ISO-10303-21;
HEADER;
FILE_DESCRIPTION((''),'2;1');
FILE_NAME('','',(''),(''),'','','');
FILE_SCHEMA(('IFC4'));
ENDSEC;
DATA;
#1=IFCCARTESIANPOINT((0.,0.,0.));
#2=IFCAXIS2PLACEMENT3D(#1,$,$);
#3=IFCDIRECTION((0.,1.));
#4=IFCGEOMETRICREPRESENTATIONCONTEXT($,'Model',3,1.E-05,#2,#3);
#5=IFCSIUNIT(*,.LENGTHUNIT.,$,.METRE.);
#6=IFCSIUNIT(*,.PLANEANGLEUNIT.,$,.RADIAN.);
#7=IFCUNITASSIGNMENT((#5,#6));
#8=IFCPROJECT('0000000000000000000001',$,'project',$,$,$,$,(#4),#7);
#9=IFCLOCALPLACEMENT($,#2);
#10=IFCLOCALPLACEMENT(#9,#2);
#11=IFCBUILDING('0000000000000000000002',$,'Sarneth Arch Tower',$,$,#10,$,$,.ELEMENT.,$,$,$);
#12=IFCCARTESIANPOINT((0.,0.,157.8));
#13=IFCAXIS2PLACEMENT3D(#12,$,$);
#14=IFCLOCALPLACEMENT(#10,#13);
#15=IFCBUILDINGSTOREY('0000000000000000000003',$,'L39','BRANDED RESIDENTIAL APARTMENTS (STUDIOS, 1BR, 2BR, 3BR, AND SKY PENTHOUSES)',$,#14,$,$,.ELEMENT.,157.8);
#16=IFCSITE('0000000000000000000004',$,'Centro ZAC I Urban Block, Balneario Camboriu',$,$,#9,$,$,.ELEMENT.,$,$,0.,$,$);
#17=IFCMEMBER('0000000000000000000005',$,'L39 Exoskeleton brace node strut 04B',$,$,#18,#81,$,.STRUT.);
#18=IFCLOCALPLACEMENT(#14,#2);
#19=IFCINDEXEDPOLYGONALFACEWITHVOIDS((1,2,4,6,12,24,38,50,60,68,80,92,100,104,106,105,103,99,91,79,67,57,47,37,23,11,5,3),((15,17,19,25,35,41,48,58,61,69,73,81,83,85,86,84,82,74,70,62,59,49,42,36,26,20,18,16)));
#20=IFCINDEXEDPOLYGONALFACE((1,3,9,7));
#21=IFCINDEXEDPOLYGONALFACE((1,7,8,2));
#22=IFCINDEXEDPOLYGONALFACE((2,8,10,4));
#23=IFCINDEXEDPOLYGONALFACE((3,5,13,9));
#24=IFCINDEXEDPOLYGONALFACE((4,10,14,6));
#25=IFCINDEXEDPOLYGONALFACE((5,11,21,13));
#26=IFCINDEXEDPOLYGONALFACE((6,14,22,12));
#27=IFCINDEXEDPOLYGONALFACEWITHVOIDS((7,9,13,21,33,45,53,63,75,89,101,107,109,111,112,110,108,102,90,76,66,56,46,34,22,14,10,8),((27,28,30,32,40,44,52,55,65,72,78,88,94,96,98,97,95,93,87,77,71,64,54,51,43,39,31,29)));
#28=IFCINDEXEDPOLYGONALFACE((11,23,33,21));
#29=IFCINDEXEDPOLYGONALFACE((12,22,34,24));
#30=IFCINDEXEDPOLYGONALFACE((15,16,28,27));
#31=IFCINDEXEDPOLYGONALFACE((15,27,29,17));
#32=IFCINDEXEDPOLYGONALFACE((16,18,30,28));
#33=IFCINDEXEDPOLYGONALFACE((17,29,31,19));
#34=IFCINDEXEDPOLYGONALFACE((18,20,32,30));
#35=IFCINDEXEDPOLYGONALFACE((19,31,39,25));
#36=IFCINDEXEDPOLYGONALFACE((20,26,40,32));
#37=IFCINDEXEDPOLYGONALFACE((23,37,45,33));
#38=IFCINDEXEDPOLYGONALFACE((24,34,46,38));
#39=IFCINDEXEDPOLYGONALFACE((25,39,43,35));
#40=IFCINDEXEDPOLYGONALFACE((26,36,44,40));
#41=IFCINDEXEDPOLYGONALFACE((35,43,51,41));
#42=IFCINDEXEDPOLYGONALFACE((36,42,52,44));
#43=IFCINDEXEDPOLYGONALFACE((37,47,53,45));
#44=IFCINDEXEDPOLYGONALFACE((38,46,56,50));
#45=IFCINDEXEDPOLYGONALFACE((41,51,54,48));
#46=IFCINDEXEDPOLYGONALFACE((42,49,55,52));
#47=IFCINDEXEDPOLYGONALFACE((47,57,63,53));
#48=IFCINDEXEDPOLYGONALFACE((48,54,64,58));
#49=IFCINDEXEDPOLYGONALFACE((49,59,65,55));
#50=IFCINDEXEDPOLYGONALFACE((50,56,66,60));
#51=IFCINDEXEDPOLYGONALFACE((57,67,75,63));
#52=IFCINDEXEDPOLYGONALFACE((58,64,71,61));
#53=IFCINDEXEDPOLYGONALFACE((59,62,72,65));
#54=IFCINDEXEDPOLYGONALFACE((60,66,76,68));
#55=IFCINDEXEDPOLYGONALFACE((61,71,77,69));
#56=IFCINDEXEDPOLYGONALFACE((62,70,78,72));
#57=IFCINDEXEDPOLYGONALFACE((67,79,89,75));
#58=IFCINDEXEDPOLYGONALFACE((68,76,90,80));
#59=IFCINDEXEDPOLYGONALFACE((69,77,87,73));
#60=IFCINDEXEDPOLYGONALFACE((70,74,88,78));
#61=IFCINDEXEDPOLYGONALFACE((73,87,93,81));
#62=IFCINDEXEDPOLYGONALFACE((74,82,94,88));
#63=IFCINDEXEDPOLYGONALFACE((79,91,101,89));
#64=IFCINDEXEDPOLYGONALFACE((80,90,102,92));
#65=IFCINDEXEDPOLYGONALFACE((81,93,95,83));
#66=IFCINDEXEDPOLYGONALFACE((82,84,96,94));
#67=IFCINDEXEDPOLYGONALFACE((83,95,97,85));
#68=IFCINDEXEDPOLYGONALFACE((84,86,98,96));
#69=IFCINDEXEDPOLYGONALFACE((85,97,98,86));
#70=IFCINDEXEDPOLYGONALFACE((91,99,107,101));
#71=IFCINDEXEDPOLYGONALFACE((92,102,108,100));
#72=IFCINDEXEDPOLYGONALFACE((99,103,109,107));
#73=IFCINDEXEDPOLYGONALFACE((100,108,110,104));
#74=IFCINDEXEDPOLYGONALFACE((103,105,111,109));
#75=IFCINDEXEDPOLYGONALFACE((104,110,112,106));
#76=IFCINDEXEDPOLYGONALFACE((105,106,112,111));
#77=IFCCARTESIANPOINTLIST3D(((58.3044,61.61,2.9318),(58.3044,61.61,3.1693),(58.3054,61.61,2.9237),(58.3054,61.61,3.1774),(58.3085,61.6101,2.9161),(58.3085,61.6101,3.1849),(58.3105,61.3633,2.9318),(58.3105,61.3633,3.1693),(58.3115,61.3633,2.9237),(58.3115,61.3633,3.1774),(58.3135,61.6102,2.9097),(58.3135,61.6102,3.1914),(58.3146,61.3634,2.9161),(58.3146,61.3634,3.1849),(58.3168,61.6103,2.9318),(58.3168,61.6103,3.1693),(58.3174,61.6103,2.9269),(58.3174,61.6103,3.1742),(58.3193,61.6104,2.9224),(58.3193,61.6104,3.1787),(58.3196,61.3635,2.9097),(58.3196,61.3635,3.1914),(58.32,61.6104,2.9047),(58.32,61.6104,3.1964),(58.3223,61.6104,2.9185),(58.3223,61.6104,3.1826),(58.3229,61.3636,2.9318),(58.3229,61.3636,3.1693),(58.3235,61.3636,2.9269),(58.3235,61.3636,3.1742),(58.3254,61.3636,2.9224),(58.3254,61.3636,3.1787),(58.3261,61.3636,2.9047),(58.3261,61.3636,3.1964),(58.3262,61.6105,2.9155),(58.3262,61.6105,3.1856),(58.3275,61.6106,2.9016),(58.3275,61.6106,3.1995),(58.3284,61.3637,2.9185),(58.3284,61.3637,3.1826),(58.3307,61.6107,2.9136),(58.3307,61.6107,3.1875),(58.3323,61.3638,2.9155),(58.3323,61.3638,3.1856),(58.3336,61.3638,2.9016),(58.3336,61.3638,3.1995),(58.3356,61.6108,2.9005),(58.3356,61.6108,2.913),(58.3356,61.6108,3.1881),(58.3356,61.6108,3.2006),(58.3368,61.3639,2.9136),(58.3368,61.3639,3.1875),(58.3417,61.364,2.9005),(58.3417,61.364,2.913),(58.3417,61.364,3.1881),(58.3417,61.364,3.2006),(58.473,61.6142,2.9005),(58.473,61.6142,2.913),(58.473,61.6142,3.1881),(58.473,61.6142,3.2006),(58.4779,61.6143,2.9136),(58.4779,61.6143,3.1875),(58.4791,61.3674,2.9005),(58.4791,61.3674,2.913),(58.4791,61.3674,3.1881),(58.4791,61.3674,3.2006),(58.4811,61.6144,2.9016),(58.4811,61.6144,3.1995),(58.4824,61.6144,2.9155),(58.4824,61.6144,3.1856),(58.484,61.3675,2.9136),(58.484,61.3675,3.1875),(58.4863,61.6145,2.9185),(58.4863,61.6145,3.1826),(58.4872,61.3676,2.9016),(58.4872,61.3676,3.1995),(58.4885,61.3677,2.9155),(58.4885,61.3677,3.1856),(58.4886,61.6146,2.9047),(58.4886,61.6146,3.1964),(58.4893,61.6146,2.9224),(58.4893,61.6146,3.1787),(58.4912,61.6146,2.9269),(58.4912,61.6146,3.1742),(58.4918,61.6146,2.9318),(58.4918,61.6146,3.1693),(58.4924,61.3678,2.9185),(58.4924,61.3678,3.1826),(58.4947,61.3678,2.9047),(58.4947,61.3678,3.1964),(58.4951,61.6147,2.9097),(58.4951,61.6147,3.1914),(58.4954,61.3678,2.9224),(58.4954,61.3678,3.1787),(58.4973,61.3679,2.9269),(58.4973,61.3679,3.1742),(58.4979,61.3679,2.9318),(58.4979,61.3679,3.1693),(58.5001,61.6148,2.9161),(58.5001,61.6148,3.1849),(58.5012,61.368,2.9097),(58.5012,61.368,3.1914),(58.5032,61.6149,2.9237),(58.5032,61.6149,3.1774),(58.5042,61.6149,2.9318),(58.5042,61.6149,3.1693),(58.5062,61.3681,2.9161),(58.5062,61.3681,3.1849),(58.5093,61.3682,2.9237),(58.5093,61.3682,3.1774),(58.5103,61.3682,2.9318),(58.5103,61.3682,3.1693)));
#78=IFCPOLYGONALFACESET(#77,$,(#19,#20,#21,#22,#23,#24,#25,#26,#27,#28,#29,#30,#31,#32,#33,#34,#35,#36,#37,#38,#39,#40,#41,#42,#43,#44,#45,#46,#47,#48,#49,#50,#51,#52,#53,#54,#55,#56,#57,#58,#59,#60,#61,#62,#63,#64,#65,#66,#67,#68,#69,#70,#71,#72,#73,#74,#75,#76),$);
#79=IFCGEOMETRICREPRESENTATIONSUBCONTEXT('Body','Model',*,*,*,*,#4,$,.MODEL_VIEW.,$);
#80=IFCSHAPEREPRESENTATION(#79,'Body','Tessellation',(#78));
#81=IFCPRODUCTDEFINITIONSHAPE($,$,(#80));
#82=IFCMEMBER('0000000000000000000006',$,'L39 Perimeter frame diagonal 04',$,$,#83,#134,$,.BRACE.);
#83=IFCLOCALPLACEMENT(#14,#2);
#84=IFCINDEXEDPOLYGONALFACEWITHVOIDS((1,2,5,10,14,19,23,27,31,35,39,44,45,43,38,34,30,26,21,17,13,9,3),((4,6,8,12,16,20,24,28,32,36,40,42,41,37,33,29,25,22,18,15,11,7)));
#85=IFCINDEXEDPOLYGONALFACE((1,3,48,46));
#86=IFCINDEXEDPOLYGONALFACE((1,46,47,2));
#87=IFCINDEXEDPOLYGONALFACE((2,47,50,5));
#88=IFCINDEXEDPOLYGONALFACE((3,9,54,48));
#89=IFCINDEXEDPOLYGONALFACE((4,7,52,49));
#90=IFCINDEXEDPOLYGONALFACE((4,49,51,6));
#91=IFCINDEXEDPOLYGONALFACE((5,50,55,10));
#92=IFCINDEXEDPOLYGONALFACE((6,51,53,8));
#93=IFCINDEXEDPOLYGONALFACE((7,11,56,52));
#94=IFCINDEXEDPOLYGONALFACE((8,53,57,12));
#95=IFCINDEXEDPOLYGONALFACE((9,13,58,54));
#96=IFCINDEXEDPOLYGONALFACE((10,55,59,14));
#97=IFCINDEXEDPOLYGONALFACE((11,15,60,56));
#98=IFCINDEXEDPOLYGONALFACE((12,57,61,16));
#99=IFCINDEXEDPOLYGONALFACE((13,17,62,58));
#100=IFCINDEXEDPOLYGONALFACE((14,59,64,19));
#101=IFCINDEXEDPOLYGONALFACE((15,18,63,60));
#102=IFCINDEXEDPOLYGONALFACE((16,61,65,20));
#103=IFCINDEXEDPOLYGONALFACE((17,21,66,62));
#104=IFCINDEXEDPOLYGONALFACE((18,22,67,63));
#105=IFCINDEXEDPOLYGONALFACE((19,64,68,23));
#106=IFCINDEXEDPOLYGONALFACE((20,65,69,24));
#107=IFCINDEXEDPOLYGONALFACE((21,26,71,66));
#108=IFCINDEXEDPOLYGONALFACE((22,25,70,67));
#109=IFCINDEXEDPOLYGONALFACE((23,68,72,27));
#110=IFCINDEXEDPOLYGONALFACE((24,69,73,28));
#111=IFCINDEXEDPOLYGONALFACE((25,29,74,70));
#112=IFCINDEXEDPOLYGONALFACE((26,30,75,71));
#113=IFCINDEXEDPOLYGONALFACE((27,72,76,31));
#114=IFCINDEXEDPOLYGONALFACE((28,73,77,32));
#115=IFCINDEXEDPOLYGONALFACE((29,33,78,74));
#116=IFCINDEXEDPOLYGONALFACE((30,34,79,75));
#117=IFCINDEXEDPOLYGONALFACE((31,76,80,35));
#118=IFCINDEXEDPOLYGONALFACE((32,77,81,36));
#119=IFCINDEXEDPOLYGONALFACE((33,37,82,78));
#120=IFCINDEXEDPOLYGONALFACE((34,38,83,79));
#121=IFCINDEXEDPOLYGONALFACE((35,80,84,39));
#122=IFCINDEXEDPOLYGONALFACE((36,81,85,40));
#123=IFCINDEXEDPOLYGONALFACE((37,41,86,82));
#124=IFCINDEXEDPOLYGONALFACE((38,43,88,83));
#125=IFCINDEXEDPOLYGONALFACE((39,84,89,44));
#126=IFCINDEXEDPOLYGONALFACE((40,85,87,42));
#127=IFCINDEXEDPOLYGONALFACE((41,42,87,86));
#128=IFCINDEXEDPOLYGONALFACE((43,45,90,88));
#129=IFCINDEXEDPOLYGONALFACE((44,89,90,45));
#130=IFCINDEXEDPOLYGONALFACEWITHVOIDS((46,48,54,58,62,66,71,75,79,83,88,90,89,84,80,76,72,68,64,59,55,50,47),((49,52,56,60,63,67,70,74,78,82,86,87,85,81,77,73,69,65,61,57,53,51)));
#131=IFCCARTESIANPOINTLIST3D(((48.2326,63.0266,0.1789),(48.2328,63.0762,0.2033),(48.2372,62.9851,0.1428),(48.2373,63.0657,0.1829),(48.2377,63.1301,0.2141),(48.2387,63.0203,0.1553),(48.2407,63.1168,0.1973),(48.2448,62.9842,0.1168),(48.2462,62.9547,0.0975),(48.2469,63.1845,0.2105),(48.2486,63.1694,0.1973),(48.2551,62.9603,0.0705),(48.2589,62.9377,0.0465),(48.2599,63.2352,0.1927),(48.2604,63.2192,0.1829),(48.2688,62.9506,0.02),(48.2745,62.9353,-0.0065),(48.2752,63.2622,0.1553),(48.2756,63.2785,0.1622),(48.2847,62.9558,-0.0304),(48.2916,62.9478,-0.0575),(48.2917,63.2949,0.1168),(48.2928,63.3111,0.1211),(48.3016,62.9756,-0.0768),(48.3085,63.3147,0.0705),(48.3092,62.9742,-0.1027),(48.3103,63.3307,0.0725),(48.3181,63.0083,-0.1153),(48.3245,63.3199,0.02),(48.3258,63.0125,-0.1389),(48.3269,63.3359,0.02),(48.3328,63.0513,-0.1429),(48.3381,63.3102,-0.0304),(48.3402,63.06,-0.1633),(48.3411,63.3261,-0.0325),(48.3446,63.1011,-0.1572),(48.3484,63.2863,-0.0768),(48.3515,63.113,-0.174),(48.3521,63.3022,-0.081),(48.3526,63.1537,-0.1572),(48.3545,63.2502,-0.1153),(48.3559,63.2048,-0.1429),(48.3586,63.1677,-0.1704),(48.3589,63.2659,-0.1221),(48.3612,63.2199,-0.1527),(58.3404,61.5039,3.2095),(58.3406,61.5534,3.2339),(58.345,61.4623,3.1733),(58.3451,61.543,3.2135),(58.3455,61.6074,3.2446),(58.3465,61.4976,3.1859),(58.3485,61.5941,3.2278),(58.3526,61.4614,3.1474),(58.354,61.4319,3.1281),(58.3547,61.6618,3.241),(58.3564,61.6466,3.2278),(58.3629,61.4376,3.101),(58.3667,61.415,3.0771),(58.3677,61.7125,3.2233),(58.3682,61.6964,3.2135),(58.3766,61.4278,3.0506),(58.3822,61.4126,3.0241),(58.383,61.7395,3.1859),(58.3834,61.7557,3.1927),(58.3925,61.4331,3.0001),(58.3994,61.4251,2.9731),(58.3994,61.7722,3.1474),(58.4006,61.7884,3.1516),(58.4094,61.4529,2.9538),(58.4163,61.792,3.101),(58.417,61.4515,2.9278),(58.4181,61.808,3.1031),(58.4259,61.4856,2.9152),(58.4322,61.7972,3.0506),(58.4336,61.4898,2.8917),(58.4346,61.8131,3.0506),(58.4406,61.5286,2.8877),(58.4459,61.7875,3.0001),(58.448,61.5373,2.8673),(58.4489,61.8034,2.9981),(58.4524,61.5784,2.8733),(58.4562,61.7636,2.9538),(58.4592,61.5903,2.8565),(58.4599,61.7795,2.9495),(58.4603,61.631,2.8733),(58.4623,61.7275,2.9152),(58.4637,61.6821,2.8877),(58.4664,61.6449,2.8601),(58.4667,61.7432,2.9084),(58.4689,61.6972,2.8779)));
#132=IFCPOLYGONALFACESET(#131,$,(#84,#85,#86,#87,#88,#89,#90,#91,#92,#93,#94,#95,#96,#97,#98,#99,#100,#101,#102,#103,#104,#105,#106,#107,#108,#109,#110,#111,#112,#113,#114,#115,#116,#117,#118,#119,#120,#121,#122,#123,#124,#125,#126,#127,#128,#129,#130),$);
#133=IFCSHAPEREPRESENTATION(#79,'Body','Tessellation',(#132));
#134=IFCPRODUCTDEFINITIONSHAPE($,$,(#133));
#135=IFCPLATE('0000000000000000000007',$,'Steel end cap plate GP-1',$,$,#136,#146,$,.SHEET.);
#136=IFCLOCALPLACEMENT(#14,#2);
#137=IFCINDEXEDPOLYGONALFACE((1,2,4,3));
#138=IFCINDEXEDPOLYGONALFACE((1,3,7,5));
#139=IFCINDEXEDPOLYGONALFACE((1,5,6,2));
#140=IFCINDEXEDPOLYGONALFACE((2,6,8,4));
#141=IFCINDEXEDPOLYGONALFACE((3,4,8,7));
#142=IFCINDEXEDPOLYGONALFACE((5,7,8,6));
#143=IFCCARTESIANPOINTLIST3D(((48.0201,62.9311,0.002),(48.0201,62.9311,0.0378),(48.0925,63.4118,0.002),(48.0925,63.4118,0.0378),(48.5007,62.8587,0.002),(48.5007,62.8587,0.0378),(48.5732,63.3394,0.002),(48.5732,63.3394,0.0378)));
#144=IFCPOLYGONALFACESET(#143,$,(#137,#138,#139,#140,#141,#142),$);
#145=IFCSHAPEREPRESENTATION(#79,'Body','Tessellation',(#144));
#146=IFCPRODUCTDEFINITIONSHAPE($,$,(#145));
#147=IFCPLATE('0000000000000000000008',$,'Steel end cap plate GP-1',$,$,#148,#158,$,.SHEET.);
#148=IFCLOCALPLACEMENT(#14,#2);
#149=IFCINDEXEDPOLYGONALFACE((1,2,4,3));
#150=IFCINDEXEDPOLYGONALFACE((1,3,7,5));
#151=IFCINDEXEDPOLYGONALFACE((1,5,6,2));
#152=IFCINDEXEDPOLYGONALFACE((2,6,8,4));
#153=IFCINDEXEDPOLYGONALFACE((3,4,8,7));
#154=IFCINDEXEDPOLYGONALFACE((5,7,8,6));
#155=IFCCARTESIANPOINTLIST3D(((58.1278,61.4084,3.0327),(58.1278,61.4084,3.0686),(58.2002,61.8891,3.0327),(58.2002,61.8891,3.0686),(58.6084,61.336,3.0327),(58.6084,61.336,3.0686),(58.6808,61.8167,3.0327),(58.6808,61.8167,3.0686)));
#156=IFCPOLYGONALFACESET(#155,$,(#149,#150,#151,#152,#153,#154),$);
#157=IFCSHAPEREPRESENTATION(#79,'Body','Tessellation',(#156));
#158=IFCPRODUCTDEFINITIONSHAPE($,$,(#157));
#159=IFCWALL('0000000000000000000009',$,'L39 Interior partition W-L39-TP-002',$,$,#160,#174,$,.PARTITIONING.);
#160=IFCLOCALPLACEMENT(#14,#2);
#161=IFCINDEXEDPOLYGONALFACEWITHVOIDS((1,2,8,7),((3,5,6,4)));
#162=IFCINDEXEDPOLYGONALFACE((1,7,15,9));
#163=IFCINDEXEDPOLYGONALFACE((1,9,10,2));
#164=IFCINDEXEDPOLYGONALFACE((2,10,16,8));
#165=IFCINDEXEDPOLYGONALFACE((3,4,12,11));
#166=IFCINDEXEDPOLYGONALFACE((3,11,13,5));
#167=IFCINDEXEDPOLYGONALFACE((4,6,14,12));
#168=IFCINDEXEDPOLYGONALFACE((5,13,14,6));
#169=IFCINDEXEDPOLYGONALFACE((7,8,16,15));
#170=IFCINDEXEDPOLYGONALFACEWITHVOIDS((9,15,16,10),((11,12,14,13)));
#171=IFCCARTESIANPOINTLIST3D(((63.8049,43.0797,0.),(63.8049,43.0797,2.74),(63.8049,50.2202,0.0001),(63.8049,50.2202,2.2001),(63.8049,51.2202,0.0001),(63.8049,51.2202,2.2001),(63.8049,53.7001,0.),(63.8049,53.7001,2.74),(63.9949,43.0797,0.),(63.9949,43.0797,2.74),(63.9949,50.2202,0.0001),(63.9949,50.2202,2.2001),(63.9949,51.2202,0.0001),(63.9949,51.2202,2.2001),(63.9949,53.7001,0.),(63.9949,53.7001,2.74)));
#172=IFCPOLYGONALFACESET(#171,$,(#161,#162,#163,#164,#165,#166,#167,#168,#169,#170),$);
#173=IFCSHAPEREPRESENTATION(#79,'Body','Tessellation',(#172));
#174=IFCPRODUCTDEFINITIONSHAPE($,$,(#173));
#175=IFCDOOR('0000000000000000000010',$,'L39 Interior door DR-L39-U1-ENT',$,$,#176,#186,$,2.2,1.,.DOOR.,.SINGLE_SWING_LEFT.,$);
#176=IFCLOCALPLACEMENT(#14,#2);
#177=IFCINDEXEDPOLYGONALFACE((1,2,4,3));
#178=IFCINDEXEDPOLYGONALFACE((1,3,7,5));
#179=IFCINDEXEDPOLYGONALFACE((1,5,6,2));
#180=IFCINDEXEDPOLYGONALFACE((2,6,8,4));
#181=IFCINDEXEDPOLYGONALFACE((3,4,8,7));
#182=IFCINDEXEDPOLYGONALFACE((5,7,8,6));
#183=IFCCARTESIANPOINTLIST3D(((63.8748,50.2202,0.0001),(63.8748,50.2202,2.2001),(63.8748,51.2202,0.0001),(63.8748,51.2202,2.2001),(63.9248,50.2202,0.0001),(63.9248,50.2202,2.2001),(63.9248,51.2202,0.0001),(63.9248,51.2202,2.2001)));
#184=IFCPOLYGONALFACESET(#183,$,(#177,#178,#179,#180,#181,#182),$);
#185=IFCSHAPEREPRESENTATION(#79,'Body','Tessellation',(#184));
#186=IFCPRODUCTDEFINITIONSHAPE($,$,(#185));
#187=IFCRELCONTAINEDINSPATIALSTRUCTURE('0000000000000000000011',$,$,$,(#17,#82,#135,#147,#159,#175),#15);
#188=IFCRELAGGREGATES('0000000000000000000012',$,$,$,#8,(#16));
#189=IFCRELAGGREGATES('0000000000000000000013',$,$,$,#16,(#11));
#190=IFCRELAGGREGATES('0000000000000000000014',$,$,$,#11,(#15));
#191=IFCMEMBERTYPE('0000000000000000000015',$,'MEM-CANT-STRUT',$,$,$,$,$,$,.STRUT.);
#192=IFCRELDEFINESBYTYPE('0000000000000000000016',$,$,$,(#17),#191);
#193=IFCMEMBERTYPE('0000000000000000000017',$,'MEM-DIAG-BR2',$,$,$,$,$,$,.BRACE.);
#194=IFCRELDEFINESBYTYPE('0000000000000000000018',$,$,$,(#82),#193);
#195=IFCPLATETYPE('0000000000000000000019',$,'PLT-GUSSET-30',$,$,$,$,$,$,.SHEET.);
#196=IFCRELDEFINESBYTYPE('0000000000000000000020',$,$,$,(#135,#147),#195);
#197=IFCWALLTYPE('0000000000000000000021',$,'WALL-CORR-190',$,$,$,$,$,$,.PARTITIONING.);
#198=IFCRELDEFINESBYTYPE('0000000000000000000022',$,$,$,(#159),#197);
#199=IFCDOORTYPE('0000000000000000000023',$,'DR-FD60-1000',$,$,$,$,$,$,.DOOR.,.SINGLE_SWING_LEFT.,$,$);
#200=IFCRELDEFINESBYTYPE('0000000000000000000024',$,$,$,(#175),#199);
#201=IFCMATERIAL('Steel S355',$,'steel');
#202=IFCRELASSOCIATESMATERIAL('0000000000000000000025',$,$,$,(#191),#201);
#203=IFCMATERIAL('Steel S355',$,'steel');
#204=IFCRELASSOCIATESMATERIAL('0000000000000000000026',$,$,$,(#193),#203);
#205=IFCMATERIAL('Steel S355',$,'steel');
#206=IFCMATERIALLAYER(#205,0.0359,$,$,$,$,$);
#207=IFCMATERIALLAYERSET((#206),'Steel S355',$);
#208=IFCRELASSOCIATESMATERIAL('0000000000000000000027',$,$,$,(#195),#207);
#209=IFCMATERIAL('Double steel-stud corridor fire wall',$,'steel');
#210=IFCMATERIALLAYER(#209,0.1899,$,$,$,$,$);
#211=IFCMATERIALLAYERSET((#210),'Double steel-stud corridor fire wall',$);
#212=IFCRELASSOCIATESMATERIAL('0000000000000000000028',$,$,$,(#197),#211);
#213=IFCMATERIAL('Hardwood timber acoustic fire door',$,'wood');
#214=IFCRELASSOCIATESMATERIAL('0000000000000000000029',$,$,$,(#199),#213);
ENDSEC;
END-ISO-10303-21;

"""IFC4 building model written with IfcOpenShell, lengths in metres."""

from ifc_helpers import new_model, si_unit, direction, frame, frame_2d, origin, origin_2d, place, context, subcontext, project, spatial, rectangle, hollow_rectangle, hollow_circle, extrude, material, layer, layer_set, material_profile, profile_set, type_object, element, fill, save


model = new_model("IFC4")

# Units and contexts
model_context = context("Model", 3, precision=1e-05, world=origin(), true_north=direction((0.0, 1.0)))
body_context = subcontext(model_context, "Body", "Model", "MODEL_VIEW")
ifc_project = project(units=[si_unit("LENGTHUNIT", "METRE"), si_unit("PLANEANGLEUNIT", "RADIAN")], contexts=[model_context])

# Site, building, storey
site_placement = place(None, origin())
site = spatial("IfcSite", under=ifc_project, at=site_placement, Name="Centro ZAC I Urban Block, Balneario Camboriu", CompositionType="ELEMENT", RefElevation=0.0)
building_placement = place(site_placement, origin())
building = spatial("IfcBuilding", under=site, at=building_placement, Name="Sarneth Arch Tower", CompositionType="ELEMENT")
storey_placement = place(building_placement, frame((0.0, 0.0, 157.8)))
storey = spatial("IfcBuildingStorey", under=building, at=storey_placement, Name="L39", Description="BRANDED RESIDENTIAL APARTMENTS (STUDIOS, 1BR, 2BR, 3BR, AND SKY PENTHOUSES)", CompositionType="ELEMENT", Elevation=157.8)

# Members
ifc_material_1 = material(Name="Steel S355", Category="steel")
ifc_material_profile_1 = material_profile(ifc_material_1, hollow_rectangle(XDim=0.2, YDim=0.3, WallThickness=0.0125, InnerFilletRadius=0.0188, OuterFilletRadius=0.0312, at=origin_2d()), Name="RHS300x200x12.5")
ifc_profile_set_1 = profile_set([ifc_material_profile_1], Name="Steel S355")
member_type_1 = type_object("IfcMemberType", Name="MEM-CANT-STRUT", PredefinedType="STRUT", material=ifc_profile_set_1)
member_1_placement = place(storey_placement, frame((58.4104, 61.3657, 3.0505), z_axis=(-0.02472, 0.999694, 0.0), x_axis=(-0.999694, -0.02472, 0.0)))
element("IfcMember", 1, at=member_1_placement, inside=storey, type_object=member_type_1, Name="L39 Exoskeleton brace node strut 04B", PredefinedType="STRUT", context=body_context, shape_type="SweptSolid", body=[
    extrude(hollow_rectangle(XDim=0.2, YDim=0.3, WallThickness=0.0125, InnerFilletRadius=0.0188, OuterFilletRadius=0.0312, at=origin_2d()), origin(), (0.0, 0.0, 1.0), 0.2468),
])
ifc_material_2 = material(Name="Steel S355", Category="steel")
ifc_material_profile_2 = material_profile(ifc_material_2, hollow_circle(Radius=0.2029, WallThickness=0.0161, at=origin_2d()), Name="CHS406x16")
ifc_profile_set_2 = profile_set([ifc_material_profile_2], Name="Steel S355")
member_type_2 = type_object("IfcMemberType", Name="MEM-DIAG-BR2", PredefinedType="BRACE", material=ifc_profile_set_2)
member_2_placement = place(storey_placement, frame((48.2966, 63.1353, 0.02), z_axis=(0.948053, -0.142823, 0.284249), x_axis=(0.148968, 0.988842, 0.0)))
element("IfcMember", 2, at=member_2_placement, inside=storey, type_object=member_type_2, Name="L39 Perimeter frame diagonal 04", PredefinedType="BRACE", context=body_context, shape_type="SweptSolid", body=[
    extrude(hollow_circle(Radius=0.2029, WallThickness=0.0161, at=origin_2d()), origin(), (0.0, 0.0, 1.0), 10.6616),
])

# Plates
ifc_material_3 = material(Name="Steel S355", Category="steel")
ifc_layer_1 = layer(ifc_material_3, 0.0359)
ifc_layer_set_1 = layer_set([ifc_layer_1], Name="Steel S355")
plate_type = type_object("IfcPlateType", Name="PLT-GUSSET-30", PredefinedType="SHEET", material=ifc_layer_set_1)
for number, where, z_axis, x_axis, name in (
    (3, (48.2966, 63.1353, 0.002), (0.0, 0.0, 1.0), (-0.988835, 0.149018, 0.0), "Steel end cap plate GP-1"),
    (4, (58.4043, 61.6125, 3.0327), (0.0, 0.0, 1.0), (-0.988835, 0.149018, 0.0), "Steel end cap plate GP-1"),
):
    element("IfcPlate", number, at=place(storey_placement, frame(where, z_axis=z_axis, x_axis=x_axis)), inside=storey, type_object=plate_type, Name=name, PredefinedType="SHEET", context=body_context, shape_type="SweptSolid", body=[
        extrude(rectangle(XDim=0.4861, YDim=0.4861, at=origin_2d()), origin(), (0.0, 0.0, 1.0), 0.0359),
    ])

# Wall, opening, door
ifc_material_4 = material(Name="Double steel-stud corridor fire wall", Category="steel")
ifc_layer_2 = layer(ifc_material_4, 0.1899)
ifc_layer_set_2 = layer_set([ifc_layer_2], Name="Double steel-stud corridor fire wall")
wall_type_1 = type_object("IfcWallType", Name="WALL-CORR-190", PredefinedType="PARTITIONING", material=ifc_layer_set_2)
wall_1_placement = place(storey_placement, frame((63.8999, 53.7, 0.0), z_axis=(0.0, 0.0, 1.0), x_axis=(0.0, -1.0, 0.0)))
wall_1 = element("IfcWall", 5, at=wall_1_placement, inside=storey, type_object=wall_type_1, Name="L39 Interior partition W-L39-TP-002", PredefinedType="PARTITIONING", context=body_context, shape_type="SweptSolid", body=[
    extrude(rectangle(XDim=10.6204, YDim=0.1899, at=frame_2d((5.3101, 0.0))), origin(), (0.0, 0.0, 1.0), 2.74),
])
opening_1_placement = place(wall_1_placement, frame((2.4797, 0.0, 0.0)))
opening_1 = element("IfcOpeningElement", 6, at=opening_1_placement, cuts=wall_1, PredefinedType="OPENING", context=body_context, shape_type="SweptSolid", body=[
    extrude(rectangle(XDim=1.0, YDim=2.2, at=frame_2d((0.5, 1.1001))), frame((0.0, 0.105, 0.0), z_axis=(0.0, -1.0, 0.0), x_axis=(1.0, 0.0, 0.0)), (0.0, 0.0, 1.0), 0.21),
])
ifc_material_5 = material(Name="Hardwood timber acoustic fire door", Category="wood")
door_type_1 = type_object("IfcDoorType", Name="DR-FD60-1000", OperationType="SINGLE_SWING_LEFT", PredefinedType="DOOR", material=ifc_material_5)
door_1_placement = place(opening_1_placement, origin())
door_1 = element("IfcDoor", 7, at=door_1_placement, inside=storey, type_object=door_type_1, Name="L39 Interior door DR-L39-U1-ENT", OperationType="SINGLE_SWING_LEFT", OverallHeight=2.2, OverallWidth=1.0, PredefinedType="DOOR", context=body_context, shape_type="SweptSolid", body=[
    extrude(rectangle(XDim=1.0, YDim=2.2, at=frame_2d((0.5, 1.1001))), frame((0.0, 0.0249, 0.0), z_axis=(0.0, -1.0, 0.0), x_axis=(1.0, 0.0, 0.0)), (0.0, 0.0, 1.0), 0.05),
])
fill(opening_1, door_1)

save(model, "model.ifc")
